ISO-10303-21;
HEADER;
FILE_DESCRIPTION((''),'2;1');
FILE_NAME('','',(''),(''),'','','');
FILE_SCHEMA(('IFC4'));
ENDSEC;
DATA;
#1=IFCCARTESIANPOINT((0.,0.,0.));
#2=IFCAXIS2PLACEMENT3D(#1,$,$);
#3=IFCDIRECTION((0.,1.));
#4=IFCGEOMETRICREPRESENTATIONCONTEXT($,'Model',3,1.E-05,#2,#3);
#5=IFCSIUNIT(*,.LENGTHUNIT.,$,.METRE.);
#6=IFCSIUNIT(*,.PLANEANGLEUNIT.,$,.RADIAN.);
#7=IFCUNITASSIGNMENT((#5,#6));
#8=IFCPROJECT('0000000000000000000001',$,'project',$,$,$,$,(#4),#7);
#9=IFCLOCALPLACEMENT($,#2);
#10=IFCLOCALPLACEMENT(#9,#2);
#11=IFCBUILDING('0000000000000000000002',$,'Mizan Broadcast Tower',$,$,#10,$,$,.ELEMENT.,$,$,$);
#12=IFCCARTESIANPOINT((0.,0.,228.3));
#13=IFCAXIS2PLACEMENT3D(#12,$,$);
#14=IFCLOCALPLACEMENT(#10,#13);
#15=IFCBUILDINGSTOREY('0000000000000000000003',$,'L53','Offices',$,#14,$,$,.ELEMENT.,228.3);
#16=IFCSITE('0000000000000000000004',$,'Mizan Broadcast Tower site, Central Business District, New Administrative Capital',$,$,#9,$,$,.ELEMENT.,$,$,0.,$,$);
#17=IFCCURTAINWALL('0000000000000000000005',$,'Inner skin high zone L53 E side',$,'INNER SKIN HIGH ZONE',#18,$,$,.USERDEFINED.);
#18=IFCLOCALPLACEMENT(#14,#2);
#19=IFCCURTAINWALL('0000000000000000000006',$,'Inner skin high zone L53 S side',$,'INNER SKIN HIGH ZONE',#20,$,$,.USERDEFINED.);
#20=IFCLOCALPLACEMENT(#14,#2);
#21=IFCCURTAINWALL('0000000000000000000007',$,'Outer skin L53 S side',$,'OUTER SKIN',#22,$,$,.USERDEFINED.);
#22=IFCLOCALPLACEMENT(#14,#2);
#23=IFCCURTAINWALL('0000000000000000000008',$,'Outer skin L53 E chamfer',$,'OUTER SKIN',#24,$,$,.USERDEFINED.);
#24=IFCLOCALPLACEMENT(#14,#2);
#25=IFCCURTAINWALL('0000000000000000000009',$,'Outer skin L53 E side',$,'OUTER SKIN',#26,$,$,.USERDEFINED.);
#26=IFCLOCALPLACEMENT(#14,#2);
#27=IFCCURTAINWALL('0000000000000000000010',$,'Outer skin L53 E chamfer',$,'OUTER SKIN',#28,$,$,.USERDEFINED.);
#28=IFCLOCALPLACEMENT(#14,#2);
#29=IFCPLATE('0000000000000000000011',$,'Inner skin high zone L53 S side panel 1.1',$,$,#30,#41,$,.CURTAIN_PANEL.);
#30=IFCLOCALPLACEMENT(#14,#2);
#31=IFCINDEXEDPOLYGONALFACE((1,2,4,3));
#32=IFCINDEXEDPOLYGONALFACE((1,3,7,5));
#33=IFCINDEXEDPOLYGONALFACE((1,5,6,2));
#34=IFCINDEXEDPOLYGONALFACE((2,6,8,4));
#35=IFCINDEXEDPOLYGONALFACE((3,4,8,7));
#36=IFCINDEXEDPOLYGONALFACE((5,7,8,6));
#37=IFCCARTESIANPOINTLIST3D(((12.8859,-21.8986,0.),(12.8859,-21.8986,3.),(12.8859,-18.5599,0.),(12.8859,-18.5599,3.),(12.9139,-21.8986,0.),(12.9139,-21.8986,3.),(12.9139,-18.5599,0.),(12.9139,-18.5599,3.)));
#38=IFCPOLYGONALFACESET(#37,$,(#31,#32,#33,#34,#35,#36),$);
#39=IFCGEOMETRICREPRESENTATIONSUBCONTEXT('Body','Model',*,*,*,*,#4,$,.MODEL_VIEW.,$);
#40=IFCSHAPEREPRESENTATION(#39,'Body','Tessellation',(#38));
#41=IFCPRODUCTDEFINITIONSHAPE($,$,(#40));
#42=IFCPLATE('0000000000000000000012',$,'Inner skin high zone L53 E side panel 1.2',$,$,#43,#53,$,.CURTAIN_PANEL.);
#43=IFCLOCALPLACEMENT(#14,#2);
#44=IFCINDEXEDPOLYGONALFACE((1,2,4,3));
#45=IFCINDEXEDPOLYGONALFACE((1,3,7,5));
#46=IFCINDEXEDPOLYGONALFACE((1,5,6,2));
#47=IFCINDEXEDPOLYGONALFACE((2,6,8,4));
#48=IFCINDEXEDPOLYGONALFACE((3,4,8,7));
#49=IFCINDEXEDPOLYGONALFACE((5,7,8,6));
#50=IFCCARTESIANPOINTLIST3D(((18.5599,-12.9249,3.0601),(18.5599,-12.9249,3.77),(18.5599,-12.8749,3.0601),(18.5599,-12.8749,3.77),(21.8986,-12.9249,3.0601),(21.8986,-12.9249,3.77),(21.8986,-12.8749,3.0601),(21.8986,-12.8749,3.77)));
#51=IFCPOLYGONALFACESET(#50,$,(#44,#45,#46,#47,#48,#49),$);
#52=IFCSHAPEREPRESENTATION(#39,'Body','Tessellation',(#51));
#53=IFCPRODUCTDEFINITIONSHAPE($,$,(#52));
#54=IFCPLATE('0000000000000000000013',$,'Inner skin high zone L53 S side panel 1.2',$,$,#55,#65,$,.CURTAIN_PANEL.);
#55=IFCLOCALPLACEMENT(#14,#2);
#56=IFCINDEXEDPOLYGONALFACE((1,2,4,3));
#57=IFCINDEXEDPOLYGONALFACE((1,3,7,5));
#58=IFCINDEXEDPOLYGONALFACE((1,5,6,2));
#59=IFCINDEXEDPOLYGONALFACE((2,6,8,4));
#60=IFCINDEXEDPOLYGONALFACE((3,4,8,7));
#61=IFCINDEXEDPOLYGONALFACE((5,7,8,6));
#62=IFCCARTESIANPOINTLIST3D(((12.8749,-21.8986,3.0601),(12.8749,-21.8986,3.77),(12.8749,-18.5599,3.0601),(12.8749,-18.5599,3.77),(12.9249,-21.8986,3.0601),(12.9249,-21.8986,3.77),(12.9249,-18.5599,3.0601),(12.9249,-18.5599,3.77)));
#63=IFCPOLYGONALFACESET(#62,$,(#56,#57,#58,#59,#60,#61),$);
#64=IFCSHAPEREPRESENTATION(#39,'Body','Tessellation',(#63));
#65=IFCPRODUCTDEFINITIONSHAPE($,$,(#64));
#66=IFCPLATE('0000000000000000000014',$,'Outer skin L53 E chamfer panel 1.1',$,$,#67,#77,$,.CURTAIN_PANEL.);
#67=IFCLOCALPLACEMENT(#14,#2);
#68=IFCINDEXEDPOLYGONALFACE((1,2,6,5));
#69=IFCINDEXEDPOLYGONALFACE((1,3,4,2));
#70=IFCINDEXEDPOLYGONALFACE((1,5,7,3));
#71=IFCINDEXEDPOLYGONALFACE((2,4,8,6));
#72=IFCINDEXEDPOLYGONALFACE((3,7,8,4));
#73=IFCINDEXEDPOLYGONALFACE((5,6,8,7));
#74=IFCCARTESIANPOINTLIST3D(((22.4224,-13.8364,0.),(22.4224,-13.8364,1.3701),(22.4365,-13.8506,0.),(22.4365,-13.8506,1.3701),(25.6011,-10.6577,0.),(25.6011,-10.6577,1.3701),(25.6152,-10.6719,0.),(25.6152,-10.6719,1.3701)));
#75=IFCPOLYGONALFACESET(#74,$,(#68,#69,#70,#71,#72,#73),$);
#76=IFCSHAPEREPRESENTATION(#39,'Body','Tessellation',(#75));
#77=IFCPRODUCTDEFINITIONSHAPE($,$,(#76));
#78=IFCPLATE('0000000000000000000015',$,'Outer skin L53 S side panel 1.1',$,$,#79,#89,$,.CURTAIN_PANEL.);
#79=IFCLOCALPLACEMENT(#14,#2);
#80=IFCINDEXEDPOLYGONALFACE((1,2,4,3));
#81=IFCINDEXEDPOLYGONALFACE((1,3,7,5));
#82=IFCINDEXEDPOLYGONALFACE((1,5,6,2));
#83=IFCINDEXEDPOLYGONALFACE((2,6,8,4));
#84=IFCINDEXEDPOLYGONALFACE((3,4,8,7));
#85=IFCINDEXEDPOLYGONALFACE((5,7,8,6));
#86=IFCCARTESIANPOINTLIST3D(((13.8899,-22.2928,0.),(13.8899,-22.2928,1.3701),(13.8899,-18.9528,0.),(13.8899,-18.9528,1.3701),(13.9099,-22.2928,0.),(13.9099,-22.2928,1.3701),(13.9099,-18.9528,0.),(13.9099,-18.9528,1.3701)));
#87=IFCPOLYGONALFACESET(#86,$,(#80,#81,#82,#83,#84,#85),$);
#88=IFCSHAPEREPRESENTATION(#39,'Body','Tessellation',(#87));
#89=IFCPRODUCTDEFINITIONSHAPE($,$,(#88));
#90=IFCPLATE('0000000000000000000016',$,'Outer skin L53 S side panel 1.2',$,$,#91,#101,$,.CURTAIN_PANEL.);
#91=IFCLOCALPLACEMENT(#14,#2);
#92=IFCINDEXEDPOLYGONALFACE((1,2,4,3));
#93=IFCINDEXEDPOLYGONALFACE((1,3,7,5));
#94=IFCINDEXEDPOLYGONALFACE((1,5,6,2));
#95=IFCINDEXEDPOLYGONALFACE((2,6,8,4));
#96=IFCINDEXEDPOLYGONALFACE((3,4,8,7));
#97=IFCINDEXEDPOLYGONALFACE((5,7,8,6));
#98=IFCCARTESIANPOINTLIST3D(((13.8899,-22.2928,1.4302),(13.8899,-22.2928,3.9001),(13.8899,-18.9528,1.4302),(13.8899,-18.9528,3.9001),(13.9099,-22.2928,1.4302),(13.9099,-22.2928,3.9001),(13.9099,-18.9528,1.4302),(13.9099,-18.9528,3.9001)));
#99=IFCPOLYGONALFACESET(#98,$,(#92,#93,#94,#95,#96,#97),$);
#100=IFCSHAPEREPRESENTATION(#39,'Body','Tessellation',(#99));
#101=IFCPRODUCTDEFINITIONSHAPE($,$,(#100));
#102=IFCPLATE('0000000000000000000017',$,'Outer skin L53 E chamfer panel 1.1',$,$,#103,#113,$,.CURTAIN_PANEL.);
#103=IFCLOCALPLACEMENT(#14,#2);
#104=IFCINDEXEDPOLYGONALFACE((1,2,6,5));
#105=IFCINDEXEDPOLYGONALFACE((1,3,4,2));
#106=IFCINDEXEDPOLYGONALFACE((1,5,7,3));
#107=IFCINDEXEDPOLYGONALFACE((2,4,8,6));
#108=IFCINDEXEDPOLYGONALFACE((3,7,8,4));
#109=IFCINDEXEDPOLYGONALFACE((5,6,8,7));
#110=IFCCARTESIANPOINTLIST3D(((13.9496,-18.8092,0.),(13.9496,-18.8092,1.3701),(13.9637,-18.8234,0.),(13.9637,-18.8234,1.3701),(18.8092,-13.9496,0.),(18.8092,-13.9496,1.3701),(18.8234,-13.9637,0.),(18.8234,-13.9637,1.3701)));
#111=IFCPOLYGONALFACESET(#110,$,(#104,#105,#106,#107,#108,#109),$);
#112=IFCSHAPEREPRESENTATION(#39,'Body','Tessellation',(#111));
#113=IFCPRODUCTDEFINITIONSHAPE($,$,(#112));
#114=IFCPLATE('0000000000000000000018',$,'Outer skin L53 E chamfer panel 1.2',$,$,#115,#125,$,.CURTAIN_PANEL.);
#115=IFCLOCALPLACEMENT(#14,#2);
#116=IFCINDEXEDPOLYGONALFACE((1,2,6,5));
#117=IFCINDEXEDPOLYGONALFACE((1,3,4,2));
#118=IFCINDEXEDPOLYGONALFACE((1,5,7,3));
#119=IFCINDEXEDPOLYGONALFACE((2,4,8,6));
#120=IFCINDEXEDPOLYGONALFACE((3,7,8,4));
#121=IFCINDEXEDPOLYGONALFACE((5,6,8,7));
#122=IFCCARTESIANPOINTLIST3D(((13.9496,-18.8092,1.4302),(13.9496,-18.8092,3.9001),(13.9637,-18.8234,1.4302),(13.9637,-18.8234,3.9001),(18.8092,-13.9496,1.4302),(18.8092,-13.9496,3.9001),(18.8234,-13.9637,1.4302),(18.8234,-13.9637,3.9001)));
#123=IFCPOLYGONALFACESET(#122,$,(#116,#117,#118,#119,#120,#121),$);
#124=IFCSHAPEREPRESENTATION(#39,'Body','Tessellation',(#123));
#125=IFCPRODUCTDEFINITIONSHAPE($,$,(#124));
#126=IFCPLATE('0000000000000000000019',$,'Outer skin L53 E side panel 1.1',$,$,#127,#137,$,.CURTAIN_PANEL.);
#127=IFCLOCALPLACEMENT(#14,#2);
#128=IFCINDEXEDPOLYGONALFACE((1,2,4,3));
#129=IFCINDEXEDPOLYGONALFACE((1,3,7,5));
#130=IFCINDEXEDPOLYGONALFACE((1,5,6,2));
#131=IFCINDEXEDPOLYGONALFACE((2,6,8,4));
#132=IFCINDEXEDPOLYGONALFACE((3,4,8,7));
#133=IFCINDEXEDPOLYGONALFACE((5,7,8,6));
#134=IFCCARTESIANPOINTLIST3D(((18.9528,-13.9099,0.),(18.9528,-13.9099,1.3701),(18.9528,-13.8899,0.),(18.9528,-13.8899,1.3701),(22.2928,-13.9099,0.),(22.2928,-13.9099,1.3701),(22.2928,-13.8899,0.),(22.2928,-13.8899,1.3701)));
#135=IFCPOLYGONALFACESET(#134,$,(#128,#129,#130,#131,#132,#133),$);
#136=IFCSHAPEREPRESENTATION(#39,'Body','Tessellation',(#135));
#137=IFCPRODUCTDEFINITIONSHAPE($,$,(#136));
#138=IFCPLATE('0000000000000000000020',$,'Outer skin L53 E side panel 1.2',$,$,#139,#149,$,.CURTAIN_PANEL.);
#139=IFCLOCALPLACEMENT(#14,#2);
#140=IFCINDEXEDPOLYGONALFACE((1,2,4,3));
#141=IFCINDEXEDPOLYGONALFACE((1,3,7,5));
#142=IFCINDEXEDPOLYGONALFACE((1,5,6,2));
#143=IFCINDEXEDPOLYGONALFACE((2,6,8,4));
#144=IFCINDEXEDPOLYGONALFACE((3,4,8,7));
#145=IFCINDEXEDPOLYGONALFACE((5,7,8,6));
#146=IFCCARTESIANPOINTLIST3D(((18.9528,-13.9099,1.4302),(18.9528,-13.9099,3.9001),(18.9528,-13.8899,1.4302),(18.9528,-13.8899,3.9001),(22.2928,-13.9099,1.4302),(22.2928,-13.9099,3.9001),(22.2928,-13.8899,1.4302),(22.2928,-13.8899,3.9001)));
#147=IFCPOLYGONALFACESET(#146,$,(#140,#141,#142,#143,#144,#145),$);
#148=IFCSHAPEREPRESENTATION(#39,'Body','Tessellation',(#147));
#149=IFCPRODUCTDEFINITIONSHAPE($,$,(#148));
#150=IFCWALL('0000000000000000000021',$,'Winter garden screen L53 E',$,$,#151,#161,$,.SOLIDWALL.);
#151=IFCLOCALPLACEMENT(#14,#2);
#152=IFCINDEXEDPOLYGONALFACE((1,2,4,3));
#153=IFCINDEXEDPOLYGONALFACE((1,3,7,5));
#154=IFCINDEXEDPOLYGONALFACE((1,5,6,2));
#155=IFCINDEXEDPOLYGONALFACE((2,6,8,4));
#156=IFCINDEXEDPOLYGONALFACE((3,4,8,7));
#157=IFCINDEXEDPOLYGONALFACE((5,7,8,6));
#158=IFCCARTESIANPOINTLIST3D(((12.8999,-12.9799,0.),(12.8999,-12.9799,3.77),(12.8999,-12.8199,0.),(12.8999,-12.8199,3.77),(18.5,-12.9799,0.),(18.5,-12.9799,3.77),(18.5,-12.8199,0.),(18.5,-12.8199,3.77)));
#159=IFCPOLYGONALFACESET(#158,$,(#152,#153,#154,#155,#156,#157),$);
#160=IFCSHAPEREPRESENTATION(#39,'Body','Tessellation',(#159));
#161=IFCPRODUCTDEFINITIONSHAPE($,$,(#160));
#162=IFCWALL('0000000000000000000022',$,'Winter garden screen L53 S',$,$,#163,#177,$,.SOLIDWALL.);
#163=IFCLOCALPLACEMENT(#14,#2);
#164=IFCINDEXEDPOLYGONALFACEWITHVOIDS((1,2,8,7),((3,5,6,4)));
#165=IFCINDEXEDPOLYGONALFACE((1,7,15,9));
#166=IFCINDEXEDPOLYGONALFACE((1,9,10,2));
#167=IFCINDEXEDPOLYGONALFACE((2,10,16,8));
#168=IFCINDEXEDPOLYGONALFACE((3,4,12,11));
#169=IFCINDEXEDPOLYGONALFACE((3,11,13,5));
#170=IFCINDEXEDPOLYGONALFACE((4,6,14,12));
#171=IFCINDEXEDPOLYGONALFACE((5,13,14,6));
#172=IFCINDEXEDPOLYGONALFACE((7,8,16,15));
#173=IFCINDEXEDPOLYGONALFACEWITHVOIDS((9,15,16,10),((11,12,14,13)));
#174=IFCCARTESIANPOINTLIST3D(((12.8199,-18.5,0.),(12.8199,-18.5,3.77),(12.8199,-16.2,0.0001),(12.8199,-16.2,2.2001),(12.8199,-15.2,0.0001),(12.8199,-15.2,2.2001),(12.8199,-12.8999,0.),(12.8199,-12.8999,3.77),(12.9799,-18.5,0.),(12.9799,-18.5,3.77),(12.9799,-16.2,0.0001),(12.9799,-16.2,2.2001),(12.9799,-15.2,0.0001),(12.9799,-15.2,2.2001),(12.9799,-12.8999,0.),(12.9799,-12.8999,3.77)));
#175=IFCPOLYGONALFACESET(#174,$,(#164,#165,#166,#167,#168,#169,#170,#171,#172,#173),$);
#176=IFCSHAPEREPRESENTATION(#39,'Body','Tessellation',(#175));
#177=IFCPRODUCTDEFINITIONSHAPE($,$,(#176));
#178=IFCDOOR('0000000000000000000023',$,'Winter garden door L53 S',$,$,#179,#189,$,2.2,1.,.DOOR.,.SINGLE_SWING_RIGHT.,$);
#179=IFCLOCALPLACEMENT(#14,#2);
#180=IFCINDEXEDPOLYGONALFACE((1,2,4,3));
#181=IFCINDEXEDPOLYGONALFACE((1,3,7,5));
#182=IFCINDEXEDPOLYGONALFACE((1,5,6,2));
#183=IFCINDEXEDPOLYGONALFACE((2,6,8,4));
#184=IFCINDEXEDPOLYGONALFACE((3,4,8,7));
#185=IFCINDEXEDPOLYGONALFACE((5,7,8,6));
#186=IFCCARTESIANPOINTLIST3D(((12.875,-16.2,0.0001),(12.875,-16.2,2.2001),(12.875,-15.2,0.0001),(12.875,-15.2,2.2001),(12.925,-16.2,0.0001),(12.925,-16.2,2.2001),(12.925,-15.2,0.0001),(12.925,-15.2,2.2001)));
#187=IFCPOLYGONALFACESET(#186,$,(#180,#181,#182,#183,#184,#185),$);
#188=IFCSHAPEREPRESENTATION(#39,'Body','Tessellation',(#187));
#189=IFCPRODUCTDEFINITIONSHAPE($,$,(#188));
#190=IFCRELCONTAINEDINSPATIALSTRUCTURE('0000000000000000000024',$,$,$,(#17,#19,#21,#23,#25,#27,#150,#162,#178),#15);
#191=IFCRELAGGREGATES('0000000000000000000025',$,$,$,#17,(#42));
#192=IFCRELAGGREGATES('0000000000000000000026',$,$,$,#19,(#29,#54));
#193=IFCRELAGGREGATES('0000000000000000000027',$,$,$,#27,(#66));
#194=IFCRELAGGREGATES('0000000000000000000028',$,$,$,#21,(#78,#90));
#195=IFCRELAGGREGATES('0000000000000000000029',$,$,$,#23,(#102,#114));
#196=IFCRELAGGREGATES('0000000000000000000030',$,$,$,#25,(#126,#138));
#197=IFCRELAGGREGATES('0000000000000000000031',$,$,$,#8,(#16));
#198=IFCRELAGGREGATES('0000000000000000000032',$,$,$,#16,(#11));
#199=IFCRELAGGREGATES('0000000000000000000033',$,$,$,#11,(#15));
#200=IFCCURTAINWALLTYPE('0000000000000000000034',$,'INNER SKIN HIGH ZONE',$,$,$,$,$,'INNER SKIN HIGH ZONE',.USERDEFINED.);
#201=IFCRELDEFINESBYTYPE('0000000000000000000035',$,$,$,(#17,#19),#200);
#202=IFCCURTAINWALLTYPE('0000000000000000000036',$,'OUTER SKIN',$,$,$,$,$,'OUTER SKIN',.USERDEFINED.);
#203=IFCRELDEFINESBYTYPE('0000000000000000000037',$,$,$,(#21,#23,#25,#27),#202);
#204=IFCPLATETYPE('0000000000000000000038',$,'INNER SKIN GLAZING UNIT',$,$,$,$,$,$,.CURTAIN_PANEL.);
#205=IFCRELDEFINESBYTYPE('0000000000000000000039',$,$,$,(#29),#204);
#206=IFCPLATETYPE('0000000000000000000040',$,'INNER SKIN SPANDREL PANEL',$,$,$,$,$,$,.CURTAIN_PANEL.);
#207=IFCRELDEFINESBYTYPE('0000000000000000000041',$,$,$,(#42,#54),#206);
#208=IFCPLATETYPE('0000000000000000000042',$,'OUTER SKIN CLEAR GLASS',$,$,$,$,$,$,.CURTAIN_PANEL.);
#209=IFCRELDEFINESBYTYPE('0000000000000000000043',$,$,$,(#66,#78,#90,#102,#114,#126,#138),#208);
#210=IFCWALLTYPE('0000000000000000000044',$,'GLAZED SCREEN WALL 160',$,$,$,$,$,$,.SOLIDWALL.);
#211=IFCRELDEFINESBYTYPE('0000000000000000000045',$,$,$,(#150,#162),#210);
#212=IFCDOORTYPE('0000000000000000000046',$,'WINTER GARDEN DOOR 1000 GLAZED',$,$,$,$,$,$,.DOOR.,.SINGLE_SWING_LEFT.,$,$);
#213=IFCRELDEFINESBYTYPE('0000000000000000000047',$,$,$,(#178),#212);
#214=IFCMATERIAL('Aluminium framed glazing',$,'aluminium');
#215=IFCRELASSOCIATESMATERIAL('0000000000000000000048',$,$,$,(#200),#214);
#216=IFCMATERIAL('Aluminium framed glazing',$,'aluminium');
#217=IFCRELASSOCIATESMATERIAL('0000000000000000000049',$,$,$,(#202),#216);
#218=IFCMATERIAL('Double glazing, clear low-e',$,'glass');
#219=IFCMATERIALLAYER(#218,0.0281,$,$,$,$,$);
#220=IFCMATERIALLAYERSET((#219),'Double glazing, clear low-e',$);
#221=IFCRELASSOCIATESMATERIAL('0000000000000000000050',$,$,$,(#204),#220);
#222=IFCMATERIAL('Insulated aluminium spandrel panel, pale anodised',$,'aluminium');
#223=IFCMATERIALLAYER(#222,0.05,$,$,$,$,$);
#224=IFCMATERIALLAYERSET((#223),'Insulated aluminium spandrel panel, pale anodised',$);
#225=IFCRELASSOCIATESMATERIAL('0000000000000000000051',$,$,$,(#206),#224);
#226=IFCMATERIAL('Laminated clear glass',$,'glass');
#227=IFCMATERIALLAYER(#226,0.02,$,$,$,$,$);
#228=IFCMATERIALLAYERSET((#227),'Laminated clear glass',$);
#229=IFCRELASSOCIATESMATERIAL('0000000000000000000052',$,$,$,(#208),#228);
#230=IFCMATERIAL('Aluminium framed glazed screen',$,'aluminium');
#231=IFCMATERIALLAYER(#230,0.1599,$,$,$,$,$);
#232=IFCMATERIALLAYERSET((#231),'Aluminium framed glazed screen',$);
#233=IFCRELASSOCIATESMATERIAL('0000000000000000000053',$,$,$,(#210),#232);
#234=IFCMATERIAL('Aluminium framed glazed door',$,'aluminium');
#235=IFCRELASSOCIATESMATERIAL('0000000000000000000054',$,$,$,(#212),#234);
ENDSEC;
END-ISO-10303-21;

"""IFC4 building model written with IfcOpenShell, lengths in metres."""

from ifc_helpers import new_model, si_unit, direction, frame, frame_2d, origin, origin_2d, place, context, subcontext, project, spatial, rectangle, extrude, material, layer, layer_set, type_object, element, fill, aggregate, save


model = new_model("IFC4")

# Units and contexts
model_context = context("Model", 3, precision=1e-05, world=origin(), true_north=direction((0.0, 1.0)))
body_context = subcontext(model_context, "Body", "Model", "MODEL_VIEW")
ifc_project = project(units=[si_unit("LENGTHUNIT", "METRE"), si_unit("PLANEANGLEUNIT", "RADIAN")], contexts=[model_context])

# Site, building, storey
site_placement = place(None, origin())
site = spatial("IfcSite", under=ifc_project, at=site_placement, Name="Mizan Broadcast Tower site, Central Business District, New Administrative Capital", CompositionType="ELEMENT", RefElevation=0.0)
building_placement = place(site_placement, origin())
building = spatial("IfcBuilding", under=site, at=building_placement, Name="Mizan Broadcast Tower", CompositionType="ELEMENT")
storey_placement = place(building_placement, frame((0.0, 0.0, 228.3)))
storey = spatial("IfcBuildingStorey", under=building, at=storey_placement, Name="L53", Description="Offices", CompositionType="ELEMENT", Elevation=228.3)

# Curtain walls
ifc_material_1 = material(Name="Aluminium framed glazing", Category="aluminium")
curtain_wall_type_1 = type_object("IfcCurtainWallType", Name="INNER SKIN HIGH ZONE", ElementType="INNER SKIN HIGH ZONE", PredefinedType="USERDEFINED", material=ifc_material_1)
curtain_wall_1_placement = place(storey_placement, origin())
curtain_wall_1 = element("IfcCurtainWall", 1, at=curtain_wall_1_placement, inside=storey, type_object=curtain_wall_type_1, Name="Inner skin high zone L53 E side", ObjectType="INNER SKIN HIGH ZONE", PredefinedType="USERDEFINED")
curtain_wall_2_placement = place(storey_placement, origin())
curtain_wall_2 = element("IfcCurtainWall", 2, at=curtain_wall_2_placement, inside=storey, type_object=curtain_wall_type_1, Name="Inner skin high zone L53 S side", ObjectType="INNER SKIN HIGH ZONE", PredefinedType="USERDEFINED")

# Curtain walls
ifc_material_2 = material(Name="Aluminium framed glazing", Category="aluminium")
curtain_wall_type_2 = type_object("IfcCurtainWallType", Name="OUTER SKIN", ElementType="OUTER SKIN", PredefinedType="USERDEFINED", material=ifc_material_2)
curtain_wall_3_placement = place(storey_placement, origin())
curtain_wall_3 = element("IfcCurtainWall", 3, at=curtain_wall_3_placement, inside=storey, type_object=curtain_wall_type_2, Name="Outer skin L53 S side", ObjectType="OUTER SKIN", PredefinedType="USERDEFINED")
curtain_wall_4_placement = place(storey_placement, origin())
curtain_wall_4 = element("IfcCurtainWall", 4, at=curtain_wall_4_placement, inside=storey, type_object=curtain_wall_type_2, Name="Outer skin L53 E chamfer", ObjectType="OUTER SKIN", PredefinedType="USERDEFINED")
curtain_wall_5_placement = place(storey_placement, origin())
curtain_wall_5 = element("IfcCurtainWall", 5, at=curtain_wall_5_placement, inside=storey, type_object=curtain_wall_type_2, Name="Outer skin L53 E side", ObjectType="OUTER SKIN", PredefinedType="USERDEFINED")
curtain_wall_6_placement = place(storey_placement, origin())
curtain_wall_6 = element("IfcCurtainWall", 6, at=curtain_wall_6_placement, inside=storey, type_object=curtain_wall_type_2, Name="Outer skin L53 E chamfer", ObjectType="OUTER SKIN", PredefinedType="USERDEFINED")

# Plates
ifc_material_3 = material(Name="Double glazing, clear low-e", Category="glass")
ifc_layer_1 = layer(ifc_material_3, 0.0281)
ifc_layer_set_1 = layer_set([ifc_layer_1], Name="Double glazing, clear low-e")
plate_type_1 = type_object("IfcPlateType", Name="INNER SKIN GLAZING UNIT", PredefinedType="CURTAIN_PANEL", material=ifc_layer_set_1)
plate_1_placement = place(storey_placement, frame((12.8999, -20.2292, 0.0), z_axis=(0.0, 0.0, 1.0), x_axis=(0.0, 1.0, 0.0)))
plate_1 = element("IfcPlate", 7, at=plate_1_placement, type_object=plate_type_1, Name="Inner skin high zone L53 S side panel 1.1", PredefinedType="CURTAIN_PANEL", context=body_context, shape_type="SweptSolid", body=[
    extrude(rectangle(XDim=3.3386, YDim=0.0281, at=origin_2d()), origin(), (0.0, 0.0, 1.0), 3.0),
])
ifc_material_4 = material(Name="Insulated aluminium spandrel panel, pale anodised", Category="aluminium")
ifc_layer_2 = layer(ifc_material_4, 0.05)
ifc_layer_set_2 = layer_set([ifc_layer_2], Name="Insulated aluminium spandrel panel, pale anodised")
plate_type_2 = type_object("IfcPlateType", Name="INNER SKIN SPANDREL PANEL", PredefinedType="CURTAIN_PANEL", material=ifc_layer_set_2)
plate_2_placement = place(storey_placement, frame((20.2292, -12.8999, 3.0601), z_axis=(0.0, 0.0, 1.0), x_axis=(1.0, 0.0, 0.0)))
plate_2 = element("IfcPlate", 8, at=plate_2_placement, type_object=plate_type_2, Name="Inner skin high zone L53 E side panel 1.2", PredefinedType="CURTAIN_PANEL", context=body_context, shape_type="SweptSolid", body=[
    extrude(rectangle(XDim=3.3386, YDim=0.05, at=origin_2d()), origin(), (0.0, 0.0, 1.0), 0.71),
])
aggregate(curtain_wall_1, [plate_2])
plate_3_placement = place(storey_placement, frame((12.8999, -20.2292, 3.0601), z_axis=(0.0, 0.0, 1.0), x_axis=(0.0, 1.0, 0.0)))
plate_3 = element("IfcPlate", 9, at=plate_3_placement, type_object=plate_type_2, Name="Inner skin high zone L53 S side panel 1.2", PredefinedType="CURTAIN_PANEL", context=body_context, shape_type="SweptSolid", body=[
    extrude(rectangle(XDim=3.3386, YDim=0.05, at=origin_2d()), origin(), (0.0, 0.0, 1.0), 0.71),
])
aggregate(curtain_wall_2, [plate_1, plate_3])
ifc_material_5 = material(Name="Laminated clear glass", Category="glass")
ifc_layer_3 = layer(ifc_material_5, 0.02)
ifc_layer_set_3 = layer_set([ifc_layer_3], Name="Laminated clear glass")
plate_type_3 = type_object("IfcPlateType", Name="OUTER SKIN CLEAR GLASS", PredefinedType="CURTAIN_PANEL", material=ifc_layer_set_3)
plate_4_placement = place(storey_placement, frame((24.0188, -12.2542, 0.0), z_axis=(0.0, 0.0, 1.0), x_axis=(0.707107, 0.707107, 0.0)))
plate_4 = element("IfcPlate", 10, at=plate_4_placement, type_object=plate_type_3, Name="Outer skin L53 E chamfer panel 1.1", PredefinedType="CURTAIN_PANEL", context=body_context, shape_type="SweptSolid", body=[
    extrude(rectangle(XDim=4.4954, YDim=0.02, at=origin_2d()), origin(), (0.0, 0.0, 1.0), 1.3701),
])
aggregate(curtain_wall_6, [plate_4])
plate_5_placement = place(storey_placement, frame((13.8999, -20.6228, 0.0), z_axis=(0.0, 0.0, 1.0), x_axis=(0.0, 1.0, 0.0)))
plate_5 = element("IfcPlate", 11, at=plate_5_placement, type_object=plate_type_3, Name="Outer skin L53 S side panel 1.1", PredefinedType="CURTAIN_PANEL", context=body_context, shape_type="SweptSolid", body=[
    extrude(rectangle(XDim=3.3401, YDim=0.02, at=origin_2d()), origin(), (0.0, 0.0, 1.0), 1.3701),
])
plate_6_placement = place(storey_placement, frame((13.8999, -20.6228, 1.4302), z_axis=(0.0, 0.0, 1.0), x_axis=(0.0, 1.0, 0.0)))
plate_6 = element("IfcPlate", 12, at=plate_6_placement, type_object=plate_type_3, Name="Outer skin L53 S side panel 1.2", PredefinedType="CURTAIN_PANEL", context=body_context, shape_type="SweptSolid", body=[
    extrude(rectangle(XDim=3.3401, YDim=0.02, at=origin_2d()), origin(), (0.0, 0.0, 1.0), 2.47),
])
aggregate(curtain_wall_3, [plate_5, plate_6])
plate_7_placement = place(storey_placement, frame((16.3865, -16.3865, 0.0), z_axis=(0.0, 0.0, 1.0), x_axis=(0.707107, 0.707107, 0.0)))
plate_7 = element("IfcPlate", 13, at=plate_7_placement, type_object=plate_type_3, Name="Outer skin L53 E chamfer panel 1.1", PredefinedType="CURTAIN_PANEL", context=body_context, shape_type="SweptSolid", body=[
    extrude(rectangle(XDim=6.8726, YDim=0.02, at=origin_2d()), origin(), (0.0, 0.0, 1.0), 1.3701),
])
plate_8_placement = place(storey_placement, frame((16.3865, -16.3865, 1.4302), z_axis=(0.0, 0.0, 1.0), x_axis=(0.707107, 0.707107, 0.0)))
plate_8 = element("IfcPlate", 14, at=plate_8_placement, type_object=plate_type_3, Name="Outer skin L53 E chamfer panel 1.2", PredefinedType="CURTAIN_PANEL", context=body_context, shape_type="SweptSolid", body=[
    extrude(rectangle(XDim=6.8726, YDim=0.02, at=origin_2d()), origin(), (0.0, 0.0, 1.0), 2.47),
])
aggregate(curtain_wall_4, [plate_7, plate_8])
plate_9_placement = place(storey_placement, frame((20.6228, -13.8999, 0.0), z_axis=(0.0, 0.0, 1.0), x_axis=(1.0, 0.0, 0.0)))
plate_9 = element("IfcPlate", 15, at=plate_9_placement, type_object=plate_type_3, Name="Outer skin L53 E side panel 1.1", PredefinedType="CURTAIN_PANEL", context=body_context, shape_type="SweptSolid", body=[
    extrude(rectangle(XDim=3.3401, YDim=0.02, at=origin_2d()), origin(), (0.0, 0.0, 1.0), 1.3701),
])
plate_10_placement = place(storey_placement, frame((20.6228, -13.8999, 1.4302), z_axis=(0.0, 0.0, 1.0), x_axis=(1.0, 0.0, 0.0)))
plate_10 = element("IfcPlate", 16, at=plate_10_placement, type_object=plate_type_3, Name="Outer skin L53 E side panel 1.2", PredefinedType="CURTAIN_PANEL", context=body_context, shape_type="SweptSolid", body=[
    extrude(rectangle(XDim=3.3401, YDim=0.02, at=origin_2d()), origin(), (0.0, 0.0, 1.0), 2.47),
])
aggregate(curtain_wall_5, [plate_9, plate_10])

# Wall
ifc_material_6 = material(Name="Aluminium framed glazed screen", Category="aluminium")
ifc_layer_4 = layer(ifc_material_6, 0.1599)
ifc_layer_set_4 = layer_set([ifc_layer_4], Name="Aluminium framed glazed screen")
wall_type_1 = type_object("IfcWallType", Name="GLAZED SCREEN WALL 160", PredefinedType="SOLIDWALL", material=ifc_layer_set_4)
wall_1_placement = place(storey_placement, frame((12.8999, -12.8999, 0.0), z_axis=(0.0, 0.0, 1.0), x_axis=(1.0, 0.0, 0.0)))
element("IfcWall", 17, at=wall_1_placement, inside=storey, type_object=wall_type_1, Name="Winter garden screen L53 E", PredefinedType="SOLIDWALL", context=body_context, shape_type="SweptSolid", body=[
    extrude(rectangle(XDim=5.6001, YDim=0.1599, at=frame_2d((2.8, 0.0))), origin(), (0.0, 0.0, 1.0), 3.77),
])

# Wall, opening, door
wall_2_placement = place(storey_placement, frame((12.8999, -18.5, 0.0), z_axis=(0.0, 0.0, 1.0), x_axis=(0.0, 1.0, 0.0)))
wall_2 = element("IfcWall", 18, at=wall_2_placement, inside=storey, type_object=wall_type_1, Name="Winter garden screen L53 S", PredefinedType="SOLIDWALL", context=body_context, shape_type="SweptSolid", body=[
    extrude(rectangle(XDim=5.6001, YDim=0.1599, at=frame_2d((2.8, 0.0))), origin(), (0.0, 0.0, 1.0), 3.77),
])
opening_1_placement = place(wall_2_placement, frame((2.3, 0.0, 0.0)))
opening_1 = element("IfcOpeningElement", 19, at=opening_1_placement, cuts=wall_2, PredefinedType="OPENING", context=body_context, shape_type="SweptSolid", body=[
    extrude(rectangle(XDim=1.0, YDim=2.2, at=frame_2d((0.5, 1.1001))), frame((0.0, 0.0898, 0.0), z_axis=(0.0, -1.0, 0.0), x_axis=(1.0, 0.0, 0.0)), (0.0, 0.0, 1.0), 0.1799),
])
ifc_material_7 = material(Name="Aluminium framed glazed door", Category="aluminium")
door_type_1 = type_object("IfcDoorType", Name="WINTER GARDEN DOOR 1000 GLAZED", OperationType="SINGLE_SWING_LEFT", PredefinedType="DOOR", material=ifc_material_7)
door_1_placement = place(opening_1_placement, origin())
door_1 = element("IfcDoor", 20, at=door_1_placement, inside=storey, type_object=door_type_1, Name="Winter garden door L53 S", OperationType="SINGLE_SWING_RIGHT", OverallHeight=2.2, OverallWidth=1.0, PredefinedType="DOOR", context=body_context, shape_type="SweptSolid", body=[
    extrude(rectangle(XDim=1.0, YDim=2.2, at=frame_2d((0.5, 1.1001))), frame((0.0, 0.0249, 0.0), z_axis=(0.0, -1.0, 0.0), x_axis=(1.0, 0.0, 0.0)), (0.0, 0.0, 1.0), 0.05),
])
fill(opening_1, door_1)

save(model, "model.ifc")
